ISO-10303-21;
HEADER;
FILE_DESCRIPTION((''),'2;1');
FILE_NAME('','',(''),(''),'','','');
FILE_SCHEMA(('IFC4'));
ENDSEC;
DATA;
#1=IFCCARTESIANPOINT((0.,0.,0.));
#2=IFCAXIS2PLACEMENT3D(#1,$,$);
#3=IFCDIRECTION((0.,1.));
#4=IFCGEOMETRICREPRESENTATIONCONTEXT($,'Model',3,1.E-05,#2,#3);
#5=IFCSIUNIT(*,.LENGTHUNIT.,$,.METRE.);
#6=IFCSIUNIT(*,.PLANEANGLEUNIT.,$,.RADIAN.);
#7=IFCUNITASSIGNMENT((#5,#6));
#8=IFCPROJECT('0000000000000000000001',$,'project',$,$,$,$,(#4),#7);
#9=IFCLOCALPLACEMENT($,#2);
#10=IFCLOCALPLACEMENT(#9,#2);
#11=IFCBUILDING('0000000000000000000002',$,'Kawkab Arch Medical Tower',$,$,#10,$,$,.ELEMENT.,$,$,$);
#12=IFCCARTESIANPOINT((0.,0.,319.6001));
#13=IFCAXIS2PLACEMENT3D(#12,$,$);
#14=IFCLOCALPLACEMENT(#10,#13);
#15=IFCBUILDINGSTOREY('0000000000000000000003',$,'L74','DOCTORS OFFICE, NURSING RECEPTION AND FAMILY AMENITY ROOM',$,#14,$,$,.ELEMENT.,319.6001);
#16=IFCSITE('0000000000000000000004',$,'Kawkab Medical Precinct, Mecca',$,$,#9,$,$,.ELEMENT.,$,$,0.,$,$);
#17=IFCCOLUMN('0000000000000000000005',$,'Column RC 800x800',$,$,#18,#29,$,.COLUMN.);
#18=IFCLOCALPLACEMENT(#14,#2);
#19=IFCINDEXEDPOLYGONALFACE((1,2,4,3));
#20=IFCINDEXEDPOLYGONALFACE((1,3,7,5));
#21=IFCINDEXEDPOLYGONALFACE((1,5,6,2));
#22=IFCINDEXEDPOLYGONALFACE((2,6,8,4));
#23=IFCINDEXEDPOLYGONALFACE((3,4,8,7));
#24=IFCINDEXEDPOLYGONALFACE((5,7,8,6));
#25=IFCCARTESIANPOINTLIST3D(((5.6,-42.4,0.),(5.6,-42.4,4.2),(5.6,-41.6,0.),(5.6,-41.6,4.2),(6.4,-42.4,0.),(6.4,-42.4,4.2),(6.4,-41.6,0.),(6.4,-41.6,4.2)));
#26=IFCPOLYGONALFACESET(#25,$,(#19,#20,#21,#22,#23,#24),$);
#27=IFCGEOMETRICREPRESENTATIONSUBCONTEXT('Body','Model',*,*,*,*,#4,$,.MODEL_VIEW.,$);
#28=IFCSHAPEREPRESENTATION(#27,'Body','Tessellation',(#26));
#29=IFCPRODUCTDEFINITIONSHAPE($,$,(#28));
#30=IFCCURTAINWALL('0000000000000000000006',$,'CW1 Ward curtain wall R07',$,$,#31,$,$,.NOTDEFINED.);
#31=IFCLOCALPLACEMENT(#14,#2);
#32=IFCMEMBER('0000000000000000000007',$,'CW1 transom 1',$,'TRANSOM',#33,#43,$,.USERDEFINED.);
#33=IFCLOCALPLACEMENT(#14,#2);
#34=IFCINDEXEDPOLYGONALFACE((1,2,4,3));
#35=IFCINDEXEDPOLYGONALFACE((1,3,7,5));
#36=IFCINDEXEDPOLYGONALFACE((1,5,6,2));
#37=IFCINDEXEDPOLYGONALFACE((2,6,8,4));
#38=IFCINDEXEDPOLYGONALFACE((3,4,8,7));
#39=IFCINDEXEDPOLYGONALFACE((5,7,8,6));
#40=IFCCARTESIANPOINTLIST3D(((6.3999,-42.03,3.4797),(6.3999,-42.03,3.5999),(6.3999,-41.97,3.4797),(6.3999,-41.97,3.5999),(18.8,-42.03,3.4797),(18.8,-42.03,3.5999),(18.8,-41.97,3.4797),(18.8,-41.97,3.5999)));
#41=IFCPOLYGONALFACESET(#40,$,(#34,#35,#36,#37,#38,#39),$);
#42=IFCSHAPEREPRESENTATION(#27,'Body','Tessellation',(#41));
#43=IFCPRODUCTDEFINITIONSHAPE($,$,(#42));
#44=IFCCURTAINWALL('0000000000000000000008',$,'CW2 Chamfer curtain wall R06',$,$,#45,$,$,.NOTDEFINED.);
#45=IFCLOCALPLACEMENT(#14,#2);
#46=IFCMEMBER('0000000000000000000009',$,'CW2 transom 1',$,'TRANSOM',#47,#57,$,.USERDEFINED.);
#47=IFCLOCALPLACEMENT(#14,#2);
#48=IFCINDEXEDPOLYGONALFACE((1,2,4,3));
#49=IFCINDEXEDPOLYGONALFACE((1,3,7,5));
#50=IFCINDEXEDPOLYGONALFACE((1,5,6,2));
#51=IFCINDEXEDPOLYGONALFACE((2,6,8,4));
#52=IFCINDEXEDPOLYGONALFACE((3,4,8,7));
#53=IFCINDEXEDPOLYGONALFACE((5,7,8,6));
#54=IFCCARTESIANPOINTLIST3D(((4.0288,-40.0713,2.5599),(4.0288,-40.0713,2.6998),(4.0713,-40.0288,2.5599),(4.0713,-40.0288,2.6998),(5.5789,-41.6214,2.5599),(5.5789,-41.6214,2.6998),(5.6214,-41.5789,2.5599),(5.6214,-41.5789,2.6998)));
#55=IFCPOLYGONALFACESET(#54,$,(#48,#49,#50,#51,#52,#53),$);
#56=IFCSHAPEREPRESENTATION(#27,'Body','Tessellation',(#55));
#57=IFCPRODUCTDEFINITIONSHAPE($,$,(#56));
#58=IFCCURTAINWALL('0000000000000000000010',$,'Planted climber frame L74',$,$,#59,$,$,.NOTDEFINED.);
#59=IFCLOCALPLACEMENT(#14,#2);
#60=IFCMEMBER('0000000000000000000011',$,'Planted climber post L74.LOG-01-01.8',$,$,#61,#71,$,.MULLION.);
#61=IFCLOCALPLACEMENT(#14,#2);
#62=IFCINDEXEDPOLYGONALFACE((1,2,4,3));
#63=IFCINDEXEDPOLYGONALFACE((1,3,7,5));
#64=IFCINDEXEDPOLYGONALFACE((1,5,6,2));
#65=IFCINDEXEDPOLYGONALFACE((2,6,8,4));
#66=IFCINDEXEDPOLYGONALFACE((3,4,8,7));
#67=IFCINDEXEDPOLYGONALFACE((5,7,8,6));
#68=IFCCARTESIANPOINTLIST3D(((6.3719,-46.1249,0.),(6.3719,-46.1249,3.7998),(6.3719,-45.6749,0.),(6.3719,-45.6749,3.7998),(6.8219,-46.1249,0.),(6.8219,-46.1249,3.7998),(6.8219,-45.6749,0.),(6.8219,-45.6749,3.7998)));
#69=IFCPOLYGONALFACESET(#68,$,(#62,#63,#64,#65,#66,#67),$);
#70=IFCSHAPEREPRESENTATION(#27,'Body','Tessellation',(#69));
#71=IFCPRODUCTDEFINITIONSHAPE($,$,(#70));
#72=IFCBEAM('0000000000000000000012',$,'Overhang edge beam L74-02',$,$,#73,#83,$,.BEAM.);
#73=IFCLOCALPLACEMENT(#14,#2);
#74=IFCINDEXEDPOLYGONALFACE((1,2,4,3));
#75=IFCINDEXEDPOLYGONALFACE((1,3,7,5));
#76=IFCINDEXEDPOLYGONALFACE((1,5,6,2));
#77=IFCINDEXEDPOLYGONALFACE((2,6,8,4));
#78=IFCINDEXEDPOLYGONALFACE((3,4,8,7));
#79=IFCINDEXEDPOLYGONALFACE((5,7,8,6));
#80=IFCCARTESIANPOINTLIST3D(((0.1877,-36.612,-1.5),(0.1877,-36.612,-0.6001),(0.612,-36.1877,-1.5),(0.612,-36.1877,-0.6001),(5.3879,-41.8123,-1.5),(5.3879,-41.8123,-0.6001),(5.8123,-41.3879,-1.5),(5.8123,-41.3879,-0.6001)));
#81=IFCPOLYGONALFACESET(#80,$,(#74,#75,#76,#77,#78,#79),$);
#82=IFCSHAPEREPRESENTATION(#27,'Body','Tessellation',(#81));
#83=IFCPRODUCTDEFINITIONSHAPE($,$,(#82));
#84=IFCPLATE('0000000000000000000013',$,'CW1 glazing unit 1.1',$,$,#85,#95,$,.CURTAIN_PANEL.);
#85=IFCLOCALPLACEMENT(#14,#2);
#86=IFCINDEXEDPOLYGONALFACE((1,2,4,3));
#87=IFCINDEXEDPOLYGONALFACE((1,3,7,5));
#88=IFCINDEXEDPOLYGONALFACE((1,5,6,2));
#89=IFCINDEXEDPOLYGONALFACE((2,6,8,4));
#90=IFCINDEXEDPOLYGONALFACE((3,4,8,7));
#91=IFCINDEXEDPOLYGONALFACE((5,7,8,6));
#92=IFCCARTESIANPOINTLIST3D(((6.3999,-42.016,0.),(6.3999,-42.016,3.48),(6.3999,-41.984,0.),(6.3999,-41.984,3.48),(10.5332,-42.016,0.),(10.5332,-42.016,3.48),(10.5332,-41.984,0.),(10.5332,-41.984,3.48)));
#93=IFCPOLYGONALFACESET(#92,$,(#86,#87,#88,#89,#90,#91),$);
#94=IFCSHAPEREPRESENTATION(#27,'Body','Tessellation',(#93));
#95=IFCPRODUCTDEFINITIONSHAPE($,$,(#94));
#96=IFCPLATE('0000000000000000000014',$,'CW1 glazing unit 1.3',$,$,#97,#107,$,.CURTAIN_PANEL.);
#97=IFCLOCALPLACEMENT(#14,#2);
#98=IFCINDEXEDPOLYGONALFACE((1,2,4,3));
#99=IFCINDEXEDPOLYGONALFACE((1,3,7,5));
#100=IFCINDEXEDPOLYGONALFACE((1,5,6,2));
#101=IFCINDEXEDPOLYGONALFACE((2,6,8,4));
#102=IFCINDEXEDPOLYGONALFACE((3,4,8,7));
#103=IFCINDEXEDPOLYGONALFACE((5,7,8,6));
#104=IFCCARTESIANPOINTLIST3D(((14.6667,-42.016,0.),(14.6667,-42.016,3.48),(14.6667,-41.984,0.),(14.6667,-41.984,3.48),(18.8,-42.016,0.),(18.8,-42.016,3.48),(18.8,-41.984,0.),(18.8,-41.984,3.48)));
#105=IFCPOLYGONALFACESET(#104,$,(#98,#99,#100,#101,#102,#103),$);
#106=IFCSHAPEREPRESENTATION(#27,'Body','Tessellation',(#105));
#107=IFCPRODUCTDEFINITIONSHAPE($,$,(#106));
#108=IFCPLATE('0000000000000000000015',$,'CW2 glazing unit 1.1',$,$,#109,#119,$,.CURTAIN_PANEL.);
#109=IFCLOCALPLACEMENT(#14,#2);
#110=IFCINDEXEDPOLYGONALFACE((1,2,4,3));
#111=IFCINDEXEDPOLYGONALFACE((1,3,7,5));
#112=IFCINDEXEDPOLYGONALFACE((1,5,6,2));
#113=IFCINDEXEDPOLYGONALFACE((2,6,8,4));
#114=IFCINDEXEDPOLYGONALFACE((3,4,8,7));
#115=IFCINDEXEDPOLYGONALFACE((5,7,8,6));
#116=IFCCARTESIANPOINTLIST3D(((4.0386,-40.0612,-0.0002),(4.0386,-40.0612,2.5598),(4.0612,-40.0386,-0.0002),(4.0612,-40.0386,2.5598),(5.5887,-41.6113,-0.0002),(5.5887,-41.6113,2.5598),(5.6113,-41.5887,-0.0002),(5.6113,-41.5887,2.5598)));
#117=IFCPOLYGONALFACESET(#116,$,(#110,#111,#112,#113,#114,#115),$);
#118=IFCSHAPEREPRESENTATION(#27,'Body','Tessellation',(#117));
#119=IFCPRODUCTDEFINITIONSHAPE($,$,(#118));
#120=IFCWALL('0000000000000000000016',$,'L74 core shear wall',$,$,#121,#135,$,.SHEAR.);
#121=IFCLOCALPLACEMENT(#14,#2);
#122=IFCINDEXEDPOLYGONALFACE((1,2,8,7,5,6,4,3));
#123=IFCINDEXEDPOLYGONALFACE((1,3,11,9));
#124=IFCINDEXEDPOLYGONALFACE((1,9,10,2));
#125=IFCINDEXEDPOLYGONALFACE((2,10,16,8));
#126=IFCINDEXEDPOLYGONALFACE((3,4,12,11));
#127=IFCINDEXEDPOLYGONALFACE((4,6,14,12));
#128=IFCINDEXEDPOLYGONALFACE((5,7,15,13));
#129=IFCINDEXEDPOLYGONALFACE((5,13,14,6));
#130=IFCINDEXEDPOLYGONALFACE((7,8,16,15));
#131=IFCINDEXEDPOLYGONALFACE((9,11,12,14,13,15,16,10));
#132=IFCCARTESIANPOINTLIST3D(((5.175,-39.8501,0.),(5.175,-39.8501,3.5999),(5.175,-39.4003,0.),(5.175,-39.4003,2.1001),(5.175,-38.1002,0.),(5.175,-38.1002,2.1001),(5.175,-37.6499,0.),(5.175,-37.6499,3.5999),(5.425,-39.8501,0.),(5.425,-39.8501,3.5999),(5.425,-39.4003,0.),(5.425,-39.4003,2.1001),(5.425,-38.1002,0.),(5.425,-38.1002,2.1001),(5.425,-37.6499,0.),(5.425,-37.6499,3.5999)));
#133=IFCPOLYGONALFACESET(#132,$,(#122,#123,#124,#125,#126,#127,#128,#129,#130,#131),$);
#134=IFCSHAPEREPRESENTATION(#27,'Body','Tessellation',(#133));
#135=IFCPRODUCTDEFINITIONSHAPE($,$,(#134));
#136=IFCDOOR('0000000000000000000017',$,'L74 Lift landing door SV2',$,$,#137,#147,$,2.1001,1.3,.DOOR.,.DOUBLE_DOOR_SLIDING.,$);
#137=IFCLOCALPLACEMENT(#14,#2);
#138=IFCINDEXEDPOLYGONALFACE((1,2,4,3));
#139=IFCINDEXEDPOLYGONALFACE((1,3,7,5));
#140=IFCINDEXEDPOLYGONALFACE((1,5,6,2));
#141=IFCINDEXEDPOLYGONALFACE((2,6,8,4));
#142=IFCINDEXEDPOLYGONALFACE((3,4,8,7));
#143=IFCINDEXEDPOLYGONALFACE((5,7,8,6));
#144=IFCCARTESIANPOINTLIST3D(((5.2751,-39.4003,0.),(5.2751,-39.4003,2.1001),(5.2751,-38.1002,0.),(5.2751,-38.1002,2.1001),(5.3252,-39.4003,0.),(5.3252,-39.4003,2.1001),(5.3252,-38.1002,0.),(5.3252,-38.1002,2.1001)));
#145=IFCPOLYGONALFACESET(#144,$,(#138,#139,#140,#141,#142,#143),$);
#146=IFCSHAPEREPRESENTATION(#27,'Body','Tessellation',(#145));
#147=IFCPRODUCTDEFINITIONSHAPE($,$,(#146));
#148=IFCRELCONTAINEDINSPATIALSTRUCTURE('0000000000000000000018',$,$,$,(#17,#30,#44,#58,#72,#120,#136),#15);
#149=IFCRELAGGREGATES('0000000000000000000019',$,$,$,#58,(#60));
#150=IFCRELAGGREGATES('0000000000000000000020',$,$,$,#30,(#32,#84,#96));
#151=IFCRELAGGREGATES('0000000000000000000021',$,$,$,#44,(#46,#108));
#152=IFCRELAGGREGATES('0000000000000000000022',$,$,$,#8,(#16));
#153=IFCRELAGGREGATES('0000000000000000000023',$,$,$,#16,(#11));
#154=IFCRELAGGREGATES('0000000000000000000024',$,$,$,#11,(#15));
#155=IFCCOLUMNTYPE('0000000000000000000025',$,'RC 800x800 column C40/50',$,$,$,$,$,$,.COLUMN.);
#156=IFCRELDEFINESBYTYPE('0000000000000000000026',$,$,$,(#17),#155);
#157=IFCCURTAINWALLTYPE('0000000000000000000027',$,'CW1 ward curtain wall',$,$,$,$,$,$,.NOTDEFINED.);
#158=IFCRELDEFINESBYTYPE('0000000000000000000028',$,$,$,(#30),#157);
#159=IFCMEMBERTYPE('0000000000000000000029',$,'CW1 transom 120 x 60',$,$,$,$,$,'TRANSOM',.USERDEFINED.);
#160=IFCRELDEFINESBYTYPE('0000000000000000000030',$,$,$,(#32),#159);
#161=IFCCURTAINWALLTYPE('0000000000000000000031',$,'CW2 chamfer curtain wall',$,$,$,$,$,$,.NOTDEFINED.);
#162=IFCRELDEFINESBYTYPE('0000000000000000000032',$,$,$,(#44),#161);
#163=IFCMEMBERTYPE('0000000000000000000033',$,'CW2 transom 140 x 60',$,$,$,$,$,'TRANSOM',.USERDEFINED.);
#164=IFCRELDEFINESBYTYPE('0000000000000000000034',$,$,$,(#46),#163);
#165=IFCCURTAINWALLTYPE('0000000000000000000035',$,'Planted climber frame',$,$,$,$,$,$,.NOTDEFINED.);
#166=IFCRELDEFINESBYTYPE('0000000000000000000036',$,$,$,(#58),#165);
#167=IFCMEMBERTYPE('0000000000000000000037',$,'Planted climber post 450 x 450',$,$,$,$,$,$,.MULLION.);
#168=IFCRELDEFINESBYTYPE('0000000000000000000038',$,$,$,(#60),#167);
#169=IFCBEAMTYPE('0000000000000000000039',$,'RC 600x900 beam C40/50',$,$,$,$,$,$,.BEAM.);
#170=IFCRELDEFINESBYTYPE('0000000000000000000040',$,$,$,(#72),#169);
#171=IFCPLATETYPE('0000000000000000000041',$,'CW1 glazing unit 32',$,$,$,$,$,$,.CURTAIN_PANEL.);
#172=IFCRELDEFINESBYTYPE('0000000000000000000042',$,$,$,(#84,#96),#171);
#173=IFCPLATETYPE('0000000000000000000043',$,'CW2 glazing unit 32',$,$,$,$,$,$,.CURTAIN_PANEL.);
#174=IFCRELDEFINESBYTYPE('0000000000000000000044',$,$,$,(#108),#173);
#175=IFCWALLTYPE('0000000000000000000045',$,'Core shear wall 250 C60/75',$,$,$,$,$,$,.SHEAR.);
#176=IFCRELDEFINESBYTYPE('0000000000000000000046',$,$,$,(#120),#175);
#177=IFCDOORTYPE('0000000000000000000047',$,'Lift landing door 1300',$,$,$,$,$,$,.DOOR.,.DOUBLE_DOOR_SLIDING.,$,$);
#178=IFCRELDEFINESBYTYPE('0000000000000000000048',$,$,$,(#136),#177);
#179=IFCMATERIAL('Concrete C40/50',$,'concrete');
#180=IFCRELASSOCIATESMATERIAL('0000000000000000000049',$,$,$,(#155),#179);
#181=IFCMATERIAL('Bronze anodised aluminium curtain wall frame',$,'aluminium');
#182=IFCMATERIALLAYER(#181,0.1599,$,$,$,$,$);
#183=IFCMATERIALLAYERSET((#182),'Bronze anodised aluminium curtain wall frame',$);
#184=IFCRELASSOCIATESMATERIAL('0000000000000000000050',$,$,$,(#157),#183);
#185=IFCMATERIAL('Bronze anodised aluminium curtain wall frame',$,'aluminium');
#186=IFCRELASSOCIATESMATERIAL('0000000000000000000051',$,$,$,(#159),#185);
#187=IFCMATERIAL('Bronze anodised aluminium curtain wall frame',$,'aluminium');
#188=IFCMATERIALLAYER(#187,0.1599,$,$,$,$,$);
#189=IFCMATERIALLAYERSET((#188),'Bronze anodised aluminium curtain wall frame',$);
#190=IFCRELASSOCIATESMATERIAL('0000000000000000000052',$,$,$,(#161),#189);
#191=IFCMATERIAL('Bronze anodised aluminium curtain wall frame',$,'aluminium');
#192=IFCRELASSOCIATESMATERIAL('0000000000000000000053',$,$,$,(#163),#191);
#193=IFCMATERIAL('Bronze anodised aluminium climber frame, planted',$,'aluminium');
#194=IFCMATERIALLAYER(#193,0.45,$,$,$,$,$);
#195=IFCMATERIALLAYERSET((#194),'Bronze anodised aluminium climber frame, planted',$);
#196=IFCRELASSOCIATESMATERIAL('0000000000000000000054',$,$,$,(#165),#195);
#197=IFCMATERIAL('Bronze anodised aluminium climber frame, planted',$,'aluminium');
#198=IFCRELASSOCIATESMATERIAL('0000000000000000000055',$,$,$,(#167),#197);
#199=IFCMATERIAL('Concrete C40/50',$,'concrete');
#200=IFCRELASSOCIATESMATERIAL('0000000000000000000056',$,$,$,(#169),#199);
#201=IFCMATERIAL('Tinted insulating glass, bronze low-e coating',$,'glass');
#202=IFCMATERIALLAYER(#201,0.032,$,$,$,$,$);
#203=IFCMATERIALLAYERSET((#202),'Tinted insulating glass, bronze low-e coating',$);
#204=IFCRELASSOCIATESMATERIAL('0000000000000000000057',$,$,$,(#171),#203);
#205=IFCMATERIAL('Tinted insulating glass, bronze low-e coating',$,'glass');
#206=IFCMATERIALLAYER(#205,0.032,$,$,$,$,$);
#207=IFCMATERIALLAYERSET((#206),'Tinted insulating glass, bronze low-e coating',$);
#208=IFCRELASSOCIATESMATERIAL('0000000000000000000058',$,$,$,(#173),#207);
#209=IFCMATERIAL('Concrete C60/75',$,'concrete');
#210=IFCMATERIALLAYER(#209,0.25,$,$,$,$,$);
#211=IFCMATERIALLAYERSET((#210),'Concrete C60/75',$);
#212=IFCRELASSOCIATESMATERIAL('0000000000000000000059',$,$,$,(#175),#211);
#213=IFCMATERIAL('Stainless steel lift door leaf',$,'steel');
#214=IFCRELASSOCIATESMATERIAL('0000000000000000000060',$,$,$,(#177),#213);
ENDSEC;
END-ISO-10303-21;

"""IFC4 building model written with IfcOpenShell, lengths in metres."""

from ifc_helpers import new_model, si_unit, direction, frame, frame_2d, origin, origin_2d, place, context, subcontext, project, spatial, rectangle, extrude, material, layer, layer_set, material_profile, profile_set, type_object, element, fill, aggregate, save


model = new_model("IFC4")

# Units and contexts
model_context = context("Model", 3, precision=1e-05, world=origin(), true_north=direction((0.0, 1.0)))
body_context = subcontext(model_context, "Body", "Model", "MODEL_VIEW")
ifc_project = project(units=[si_unit("LENGTHUNIT", "METRE"), si_unit("PLANEANGLEUNIT", "RADIAN")], contexts=[model_context])

# Site, building, storey
site_placement = place(None, origin())
site = spatial("IfcSite", under=ifc_project, at=site_placement, Name="Kawkab Medical Precinct, Mecca", CompositionType="ELEMENT", RefElevation=0.0)
building_placement = place(site_placement, origin())
building = spatial("IfcBuilding", under=site, at=building_placement, Name="Kawkab Arch Medical Tower", CompositionType="ELEMENT")
storey_placement = place(building_placement, frame((0.0, 0.0, 319.6001)))
storey = spatial("IfcBuildingStorey", under=building, at=storey_placement, Name="L74", Description="DOCTORS OFFICE, NURSING RECEPTION AND FAMILY AMENITY ROOM", CompositionType="ELEMENT", Elevation=319.6001)

# Column
ifc_material_1 = material(Name="Concrete C40/50", Category="concrete")
ifc_material_profile_1 = material_profile(ifc_material_1, rectangle(XDim=0.8, YDim=0.8, at=origin_2d()), Name="RC 800x800")
ifc_profile_set_1 = profile_set([ifc_material_profile_1], Name="Concrete C40/50")
column_type = type_object("IfcColumnType", Name="RC 800x800 column C40/50", PredefinedType="COLUMN", material=ifc_profile_set_1)
column_placement = place(storey_placement, frame((6.0, -42.0, 0.0), z_axis=(0.0, 0.0, 1.0), x_axis=(1.0, 0.0, 0.0)))
element("IfcColumn", 1, at=column_placement, inside=storey, type_object=column_type, Name="Column RC 800x800", PredefinedType="COLUMN", context=body_context, shape_type="SweptSolid", body=[
    extrude(rectangle(XDim=0.8, YDim=0.8, at=origin_2d()), origin(), (0.0, 0.0, 1.0), 4.2),
])

# Curtain walls, members
ifc_material_2 = material(Name="Bronze anodised aluminium curtain wall frame", Category="aluminium")
ifc_layer_1 = layer(ifc_material_2, 0.1599)
ifc_layer_set_1 = layer_set([ifc_layer_1], Name="Bronze anodised aluminium curtain wall frame")
curtain_wall_type_1 = type_object("IfcCurtainWallType", Name="CW1 ward curtain wall", PredefinedType="NOTDEFINED", material=ifc_layer_set_1)
placement = place(storey_placement, origin())
curtain_wall_1 = element("IfcCurtainWall", 2, at=placement, inside=storey, type_object=curtain_wall_type_1, Name="CW1 Ward curtain wall R07", PredefinedType="NOTDEFINED")
ifc_material_3 = material(Name="Bronze anodised aluminium curtain wall frame", Category="aluminium")
ifc_material_profile_2 = material_profile(ifc_material_3, rectangle(XDim=0.0601, YDim=0.1201, at=origin_2d()), Name="AL 60x120")
ifc_profile_set_2 = profile_set([ifc_material_profile_2], Name="Bronze anodised aluminium curtain wall frame")
member_type_1 = type_object("IfcMemberType", Name="CW1 transom 120 x 60", ElementType="TRANSOM", PredefinedType="USERDEFINED", material=ifc_profile_set_2)
member_1_placement = place(storey_placement, frame((6.3999, -42.0, 3.5398), z_axis=(1.0, 0.0, 0.0), x_axis=(0.0, 1.0, 0.0)))
member_1 = element("IfcMember", 3, at=member_1_placement, type_object=member_type_1, Name="CW1 transom 1", ObjectType="TRANSOM", PredefinedType="USERDEFINED", context=body_context, shape_type="SweptSolid", body=[
    extrude(rectangle(XDim=0.0601, YDim=0.1201, at=origin_2d()), origin(), (0.0, 0.0, 1.0), 12.4001),
])
ifc_material_4 = material(Name="Bronze anodised aluminium curtain wall frame", Category="aluminium")
ifc_layer_2 = layer(ifc_material_4, 0.1599)
ifc_layer_set_2 = layer_set([ifc_layer_2], Name="Bronze anodised aluminium curtain wall frame")
curtain_wall_type_2 = type_object("IfcCurtainWallType", Name="CW2 chamfer curtain wall", PredefinedType="NOTDEFINED", material=ifc_layer_set_2)
curtain_wall_2 = element("IfcCurtainWall", 4, at=placement, inside=storey, type_object=curtain_wall_type_2, Name="CW2 Chamfer curtain wall R06", PredefinedType="NOTDEFINED")
ifc_material_5 = material(Name="Bronze anodised aluminium curtain wall frame", Category="aluminium")
ifc_material_profile_3 = material_profile(ifc_material_5, rectangle(XDim=0.0601, YDim=0.1399, at=origin_2d()), Name="AL 60x140")
ifc_profile_set_3 = profile_set([ifc_material_profile_3], Name="Bronze anodised aluminium curtain wall frame")
member_type_2 = type_object("IfcMemberType", Name="CW2 transom 140 x 60", ElementType="TRANSOM", PredefinedType="USERDEFINED", material=ifc_profile_set_3)
member_2_placement = place(storey_placement, frame((4.05, -40.05, 2.6299), z_axis=(0.707107, -0.707107, 0.0), x_axis=(0.707107, 0.707107, 0.0)))
member_2 = element("IfcMember", 5, at=member_2_placement, type_object=member_type_2, Name="CW2 transom 1", ObjectType="TRANSOM", PredefinedType="USERDEFINED", context=body_context, shape_type="SweptSolid", body=[
    extrude(rectangle(XDim=0.0601, YDim=0.1399, at=origin_2d()), origin(), (0.0, 0.0, 1.0), 2.1921),
])
ifc_material_6 = material(Name="Bronze anodised aluminium climber frame, planted", Category="aluminium")
ifc_layer_3 = layer(ifc_material_6, 0.45)
ifc_layer_set_3 = layer_set([ifc_layer_3], Name="Bronze anodised aluminium climber frame, planted")
curtain_wall_type_3 = type_object("IfcCurtainWallType", Name="Planted climber frame", PredefinedType="NOTDEFINED", material=ifc_layer_set_3)
curtain_wall_3 = element("IfcCurtainWall", 6, at=placement, inside=storey, type_object=curtain_wall_type_3, Name="Planted climber frame L74", PredefinedType="NOTDEFINED")
ifc_material_7 = material(Name="Bronze anodised aluminium climber frame, planted", Category="aluminium")
ifc_material_profile_4 = material_profile(ifc_material_7, rectangle(XDim=0.45, YDim=0.45, at=origin_2d()), Name="Post 450x450")
ifc_profile_set_4 = profile_set([ifc_material_profile_4], Name="Bronze anodised aluminium climber frame, planted")
member_type_3 = type_object("IfcMemberType", Name="Planted climber post 450 x 450", PredefinedType="MULLION", material=ifc_profile_set_4)
member_3_placement = place(storey_placement, frame((6.5969, -45.8999, 0.0), z_axis=(0.0, 0.0, 1.0), x_axis=(1.0, 0.0, 0.0)))
member_3 = element("IfcMember", 7, at=member_3_placement, type_object=member_type_3, Name="Planted climber post L74.LOG-01-01.8", PredefinedType="MULLION", context=body_context, shape_type="SweptSolid", body=[
    extrude(rectangle(XDim=0.45, YDim=0.45, at=origin_2d()), origin(), (0.0, 0.0, 1.0), 3.7998),
])
aggregate(curtain_wall_3, [member_3])

# Beam
ifc_material_8 = material(Name="Concrete C40/50", Category="concrete")
ifc_material_profile_5 = material_profile(ifc_material_8, rectangle(XDim=0.6001, YDim=0.8999, at=origin_2d()), Name="RC 600x900")
ifc_profile_set_5 = profile_set([ifc_material_profile_5], Name="Concrete C40/50")
beam_type = type_object("IfcBeamType", Name="RC 600x900 beam C40/50", PredefinedType="BEAM", material=ifc_profile_set_5)
beam_placement = place(storey_placement, frame((5.6001, -41.6001, -1.05), z_axis=(-0.707107, 0.707107, 0.0), x_axis=(-0.707107, -0.707107, 0.0)))
element("IfcBeam", 8, at=beam_placement, inside=storey, type_object=beam_type, Name="Overhang edge beam L74-02", PredefinedType="BEAM", context=body_context, shape_type="SweptSolid", body=[
    extrude(rectangle(XDim=0.6001, YDim=0.8999, at=origin_2d()), origin(), (0.0, 0.0, 1.0), 7.3542),
])

# Plates
ifc_material_9 = material(Name="Tinted insulating glass, bronze low-e coating", Category="glass")
ifc_layer_4 = layer(ifc_material_9, 0.032)
ifc_layer_set_4 = layer_set([ifc_layer_4], Name="Tinted insulating glass, bronze low-e coating")
plate_type_1 = type_object("IfcPlateType", Name="CW1 glazing unit 32", PredefinedType="CURTAIN_PANEL", material=ifc_layer_set_4)
plate_1_placement = place(storey_placement, frame((8.4666, -42.0, 0.0), z_axis=(0.0, 0.0, 1.0), x_axis=(1.0, 0.0, 0.0)))
plate_1 = element("IfcPlate", 9, at=plate_1_placement, type_object=plate_type_1, Name="CW1 glazing unit 1.1", PredefinedType="CURTAIN_PANEL", context=body_context, shape_type="SweptSolid", body=[
    extrude(rectangle(XDim=4.1333, YDim=0.032, at=origin_2d()), origin(), (0.0, 0.0, 1.0), 3.48),
])
plate_2_placement = place(storey_placement, frame((16.7334, -42.0, 0.0), z_axis=(0.0, 0.0, 1.0), x_axis=(1.0, 0.0, 0.0)))
plate_2 = element("IfcPlate", 10, at=plate_2_placement, type_object=plate_type_1, Name="CW1 glazing unit 1.3", PredefinedType="CURTAIN_PANEL", context=body_context, shape_type="SweptSolid", body=[
    extrude(rectangle(XDim=4.1333, YDim=0.032, at=origin_2d()), origin(), (0.0, 0.0, 1.0), 3.48),
])
aggregate(curtain_wall_1, [member_1, plate_1, plate_2])
ifc_material_10 = material(Name="Tinted insulating glass, bronze low-e coating", Category="glass")
ifc_layer_5 = layer(ifc_material_10, 0.032)
ifc_layer_set_5 = layer_set([ifc_layer_5], Name="Tinted insulating glass, bronze low-e coating")
plate_type_2 = type_object("IfcPlateType", Name="CW2 glazing unit 32", PredefinedType="CURTAIN_PANEL", material=ifc_layer_set_5)
plate_3_placement = place(storey_placement, frame((4.825, -40.825, -0.0002), z_axis=(0.0, 0.0, 1.0), x_axis=(0.707107, -0.707107, 0.0)))
plate_3 = element("IfcPlate", 11, at=plate_3_placement, type_object=plate_type_2, Name="CW2 glazing unit 1.1", PredefinedType="CURTAIN_PANEL", context=body_context, shape_type="SweptSolid", body=[
    extrude(rectangle(XDim=2.1921, YDim=0.032, at=origin_2d()), origin(), (0.0, 0.0, 1.0), 2.5601),
])
aggregate(curtain_wall_2, [member_2, plate_3])

# Wall, opening, door
ifc_material_11 = material(Name="Concrete C60/75", Category="concrete")
ifc_layer_6 = layer(ifc_material_11, 0.25)
ifc_layer_set_6 = layer_set([ifc_layer_6], Name="Concrete C60/75")
wall_type_1 = type_object("IfcWallType", Name="Core shear wall 250 C60/75", PredefinedType="SHEAR", material=ifc_layer_set_6)
wall_1_placement = place(storey_placement, frame((5.3, -39.8501, 0.0), z_axis=(0.0, 0.0, 1.0), x_axis=(0.0, 1.0, 0.0)))
wall_1 = element("IfcWall", 12, at=wall_1_placement, inside=storey, type_object=wall_type_1, Name="L74 core shear wall", PredefinedType="SHEAR", context=body_context, shape_type="SweptSolid", body=[
    extrude(rectangle(XDim=2.2002, YDim=0.25, at=frame_2d((1.1001, 0.0))), origin(), (0.0, 0.0, 1.0), 3.5999),
])
opening_1_placement = place(wall_1_placement, frame((0.45, 0.0, 0.0)))
opening_1 = element("IfcOpeningElement", 13, at=opening_1_placement, cuts=wall_1, PredefinedType="OPENING", context=body_context, shape_type="SweptSolid", body=[
    extrude(rectangle(XDim=1.3, YDim=2.1001, at=frame_2d((0.6499, 1.05))), frame((0.0, 0.135, 0.0), z_axis=(0.0, -1.0, 0.0), x_axis=(1.0, 0.0, 0.0)), (0.0, 0.0, 1.0), 0.27),
])
ifc_material_12 = material(Name="Stainless steel lift door leaf", Category="steel")
door_type_1 = type_object("IfcDoorType", Name="Lift landing door 1300", OperationType="DOUBLE_DOOR_SLIDING", PredefinedType="DOOR", material=ifc_material_12)
door_1_placement = place(opening_1_placement, origin())
door_1 = element("IfcDoor", 14, at=door_1_placement, inside=storey, type_object=door_type_1, Name="L74 Lift landing door SV2", OperationType="DOUBLE_DOOR_SLIDING", OverallHeight=2.1001, OverallWidth=1.3, PredefinedType="DOOR", context=body_context, shape_type="SweptSolid", body=[
    extrude(rectangle(XDim=1.3, YDim=2.1001, at=frame_2d((0.6499, 1.05))), frame((0.0, 0.0249, 0.0), z_axis=(0.0, -1.0, 0.0), x_axis=(1.0, 0.0, 0.0)), (0.0, 0.0, 1.0), 0.05),
])
fill(opening_1, door_1)

save(model, "model.ifc")
